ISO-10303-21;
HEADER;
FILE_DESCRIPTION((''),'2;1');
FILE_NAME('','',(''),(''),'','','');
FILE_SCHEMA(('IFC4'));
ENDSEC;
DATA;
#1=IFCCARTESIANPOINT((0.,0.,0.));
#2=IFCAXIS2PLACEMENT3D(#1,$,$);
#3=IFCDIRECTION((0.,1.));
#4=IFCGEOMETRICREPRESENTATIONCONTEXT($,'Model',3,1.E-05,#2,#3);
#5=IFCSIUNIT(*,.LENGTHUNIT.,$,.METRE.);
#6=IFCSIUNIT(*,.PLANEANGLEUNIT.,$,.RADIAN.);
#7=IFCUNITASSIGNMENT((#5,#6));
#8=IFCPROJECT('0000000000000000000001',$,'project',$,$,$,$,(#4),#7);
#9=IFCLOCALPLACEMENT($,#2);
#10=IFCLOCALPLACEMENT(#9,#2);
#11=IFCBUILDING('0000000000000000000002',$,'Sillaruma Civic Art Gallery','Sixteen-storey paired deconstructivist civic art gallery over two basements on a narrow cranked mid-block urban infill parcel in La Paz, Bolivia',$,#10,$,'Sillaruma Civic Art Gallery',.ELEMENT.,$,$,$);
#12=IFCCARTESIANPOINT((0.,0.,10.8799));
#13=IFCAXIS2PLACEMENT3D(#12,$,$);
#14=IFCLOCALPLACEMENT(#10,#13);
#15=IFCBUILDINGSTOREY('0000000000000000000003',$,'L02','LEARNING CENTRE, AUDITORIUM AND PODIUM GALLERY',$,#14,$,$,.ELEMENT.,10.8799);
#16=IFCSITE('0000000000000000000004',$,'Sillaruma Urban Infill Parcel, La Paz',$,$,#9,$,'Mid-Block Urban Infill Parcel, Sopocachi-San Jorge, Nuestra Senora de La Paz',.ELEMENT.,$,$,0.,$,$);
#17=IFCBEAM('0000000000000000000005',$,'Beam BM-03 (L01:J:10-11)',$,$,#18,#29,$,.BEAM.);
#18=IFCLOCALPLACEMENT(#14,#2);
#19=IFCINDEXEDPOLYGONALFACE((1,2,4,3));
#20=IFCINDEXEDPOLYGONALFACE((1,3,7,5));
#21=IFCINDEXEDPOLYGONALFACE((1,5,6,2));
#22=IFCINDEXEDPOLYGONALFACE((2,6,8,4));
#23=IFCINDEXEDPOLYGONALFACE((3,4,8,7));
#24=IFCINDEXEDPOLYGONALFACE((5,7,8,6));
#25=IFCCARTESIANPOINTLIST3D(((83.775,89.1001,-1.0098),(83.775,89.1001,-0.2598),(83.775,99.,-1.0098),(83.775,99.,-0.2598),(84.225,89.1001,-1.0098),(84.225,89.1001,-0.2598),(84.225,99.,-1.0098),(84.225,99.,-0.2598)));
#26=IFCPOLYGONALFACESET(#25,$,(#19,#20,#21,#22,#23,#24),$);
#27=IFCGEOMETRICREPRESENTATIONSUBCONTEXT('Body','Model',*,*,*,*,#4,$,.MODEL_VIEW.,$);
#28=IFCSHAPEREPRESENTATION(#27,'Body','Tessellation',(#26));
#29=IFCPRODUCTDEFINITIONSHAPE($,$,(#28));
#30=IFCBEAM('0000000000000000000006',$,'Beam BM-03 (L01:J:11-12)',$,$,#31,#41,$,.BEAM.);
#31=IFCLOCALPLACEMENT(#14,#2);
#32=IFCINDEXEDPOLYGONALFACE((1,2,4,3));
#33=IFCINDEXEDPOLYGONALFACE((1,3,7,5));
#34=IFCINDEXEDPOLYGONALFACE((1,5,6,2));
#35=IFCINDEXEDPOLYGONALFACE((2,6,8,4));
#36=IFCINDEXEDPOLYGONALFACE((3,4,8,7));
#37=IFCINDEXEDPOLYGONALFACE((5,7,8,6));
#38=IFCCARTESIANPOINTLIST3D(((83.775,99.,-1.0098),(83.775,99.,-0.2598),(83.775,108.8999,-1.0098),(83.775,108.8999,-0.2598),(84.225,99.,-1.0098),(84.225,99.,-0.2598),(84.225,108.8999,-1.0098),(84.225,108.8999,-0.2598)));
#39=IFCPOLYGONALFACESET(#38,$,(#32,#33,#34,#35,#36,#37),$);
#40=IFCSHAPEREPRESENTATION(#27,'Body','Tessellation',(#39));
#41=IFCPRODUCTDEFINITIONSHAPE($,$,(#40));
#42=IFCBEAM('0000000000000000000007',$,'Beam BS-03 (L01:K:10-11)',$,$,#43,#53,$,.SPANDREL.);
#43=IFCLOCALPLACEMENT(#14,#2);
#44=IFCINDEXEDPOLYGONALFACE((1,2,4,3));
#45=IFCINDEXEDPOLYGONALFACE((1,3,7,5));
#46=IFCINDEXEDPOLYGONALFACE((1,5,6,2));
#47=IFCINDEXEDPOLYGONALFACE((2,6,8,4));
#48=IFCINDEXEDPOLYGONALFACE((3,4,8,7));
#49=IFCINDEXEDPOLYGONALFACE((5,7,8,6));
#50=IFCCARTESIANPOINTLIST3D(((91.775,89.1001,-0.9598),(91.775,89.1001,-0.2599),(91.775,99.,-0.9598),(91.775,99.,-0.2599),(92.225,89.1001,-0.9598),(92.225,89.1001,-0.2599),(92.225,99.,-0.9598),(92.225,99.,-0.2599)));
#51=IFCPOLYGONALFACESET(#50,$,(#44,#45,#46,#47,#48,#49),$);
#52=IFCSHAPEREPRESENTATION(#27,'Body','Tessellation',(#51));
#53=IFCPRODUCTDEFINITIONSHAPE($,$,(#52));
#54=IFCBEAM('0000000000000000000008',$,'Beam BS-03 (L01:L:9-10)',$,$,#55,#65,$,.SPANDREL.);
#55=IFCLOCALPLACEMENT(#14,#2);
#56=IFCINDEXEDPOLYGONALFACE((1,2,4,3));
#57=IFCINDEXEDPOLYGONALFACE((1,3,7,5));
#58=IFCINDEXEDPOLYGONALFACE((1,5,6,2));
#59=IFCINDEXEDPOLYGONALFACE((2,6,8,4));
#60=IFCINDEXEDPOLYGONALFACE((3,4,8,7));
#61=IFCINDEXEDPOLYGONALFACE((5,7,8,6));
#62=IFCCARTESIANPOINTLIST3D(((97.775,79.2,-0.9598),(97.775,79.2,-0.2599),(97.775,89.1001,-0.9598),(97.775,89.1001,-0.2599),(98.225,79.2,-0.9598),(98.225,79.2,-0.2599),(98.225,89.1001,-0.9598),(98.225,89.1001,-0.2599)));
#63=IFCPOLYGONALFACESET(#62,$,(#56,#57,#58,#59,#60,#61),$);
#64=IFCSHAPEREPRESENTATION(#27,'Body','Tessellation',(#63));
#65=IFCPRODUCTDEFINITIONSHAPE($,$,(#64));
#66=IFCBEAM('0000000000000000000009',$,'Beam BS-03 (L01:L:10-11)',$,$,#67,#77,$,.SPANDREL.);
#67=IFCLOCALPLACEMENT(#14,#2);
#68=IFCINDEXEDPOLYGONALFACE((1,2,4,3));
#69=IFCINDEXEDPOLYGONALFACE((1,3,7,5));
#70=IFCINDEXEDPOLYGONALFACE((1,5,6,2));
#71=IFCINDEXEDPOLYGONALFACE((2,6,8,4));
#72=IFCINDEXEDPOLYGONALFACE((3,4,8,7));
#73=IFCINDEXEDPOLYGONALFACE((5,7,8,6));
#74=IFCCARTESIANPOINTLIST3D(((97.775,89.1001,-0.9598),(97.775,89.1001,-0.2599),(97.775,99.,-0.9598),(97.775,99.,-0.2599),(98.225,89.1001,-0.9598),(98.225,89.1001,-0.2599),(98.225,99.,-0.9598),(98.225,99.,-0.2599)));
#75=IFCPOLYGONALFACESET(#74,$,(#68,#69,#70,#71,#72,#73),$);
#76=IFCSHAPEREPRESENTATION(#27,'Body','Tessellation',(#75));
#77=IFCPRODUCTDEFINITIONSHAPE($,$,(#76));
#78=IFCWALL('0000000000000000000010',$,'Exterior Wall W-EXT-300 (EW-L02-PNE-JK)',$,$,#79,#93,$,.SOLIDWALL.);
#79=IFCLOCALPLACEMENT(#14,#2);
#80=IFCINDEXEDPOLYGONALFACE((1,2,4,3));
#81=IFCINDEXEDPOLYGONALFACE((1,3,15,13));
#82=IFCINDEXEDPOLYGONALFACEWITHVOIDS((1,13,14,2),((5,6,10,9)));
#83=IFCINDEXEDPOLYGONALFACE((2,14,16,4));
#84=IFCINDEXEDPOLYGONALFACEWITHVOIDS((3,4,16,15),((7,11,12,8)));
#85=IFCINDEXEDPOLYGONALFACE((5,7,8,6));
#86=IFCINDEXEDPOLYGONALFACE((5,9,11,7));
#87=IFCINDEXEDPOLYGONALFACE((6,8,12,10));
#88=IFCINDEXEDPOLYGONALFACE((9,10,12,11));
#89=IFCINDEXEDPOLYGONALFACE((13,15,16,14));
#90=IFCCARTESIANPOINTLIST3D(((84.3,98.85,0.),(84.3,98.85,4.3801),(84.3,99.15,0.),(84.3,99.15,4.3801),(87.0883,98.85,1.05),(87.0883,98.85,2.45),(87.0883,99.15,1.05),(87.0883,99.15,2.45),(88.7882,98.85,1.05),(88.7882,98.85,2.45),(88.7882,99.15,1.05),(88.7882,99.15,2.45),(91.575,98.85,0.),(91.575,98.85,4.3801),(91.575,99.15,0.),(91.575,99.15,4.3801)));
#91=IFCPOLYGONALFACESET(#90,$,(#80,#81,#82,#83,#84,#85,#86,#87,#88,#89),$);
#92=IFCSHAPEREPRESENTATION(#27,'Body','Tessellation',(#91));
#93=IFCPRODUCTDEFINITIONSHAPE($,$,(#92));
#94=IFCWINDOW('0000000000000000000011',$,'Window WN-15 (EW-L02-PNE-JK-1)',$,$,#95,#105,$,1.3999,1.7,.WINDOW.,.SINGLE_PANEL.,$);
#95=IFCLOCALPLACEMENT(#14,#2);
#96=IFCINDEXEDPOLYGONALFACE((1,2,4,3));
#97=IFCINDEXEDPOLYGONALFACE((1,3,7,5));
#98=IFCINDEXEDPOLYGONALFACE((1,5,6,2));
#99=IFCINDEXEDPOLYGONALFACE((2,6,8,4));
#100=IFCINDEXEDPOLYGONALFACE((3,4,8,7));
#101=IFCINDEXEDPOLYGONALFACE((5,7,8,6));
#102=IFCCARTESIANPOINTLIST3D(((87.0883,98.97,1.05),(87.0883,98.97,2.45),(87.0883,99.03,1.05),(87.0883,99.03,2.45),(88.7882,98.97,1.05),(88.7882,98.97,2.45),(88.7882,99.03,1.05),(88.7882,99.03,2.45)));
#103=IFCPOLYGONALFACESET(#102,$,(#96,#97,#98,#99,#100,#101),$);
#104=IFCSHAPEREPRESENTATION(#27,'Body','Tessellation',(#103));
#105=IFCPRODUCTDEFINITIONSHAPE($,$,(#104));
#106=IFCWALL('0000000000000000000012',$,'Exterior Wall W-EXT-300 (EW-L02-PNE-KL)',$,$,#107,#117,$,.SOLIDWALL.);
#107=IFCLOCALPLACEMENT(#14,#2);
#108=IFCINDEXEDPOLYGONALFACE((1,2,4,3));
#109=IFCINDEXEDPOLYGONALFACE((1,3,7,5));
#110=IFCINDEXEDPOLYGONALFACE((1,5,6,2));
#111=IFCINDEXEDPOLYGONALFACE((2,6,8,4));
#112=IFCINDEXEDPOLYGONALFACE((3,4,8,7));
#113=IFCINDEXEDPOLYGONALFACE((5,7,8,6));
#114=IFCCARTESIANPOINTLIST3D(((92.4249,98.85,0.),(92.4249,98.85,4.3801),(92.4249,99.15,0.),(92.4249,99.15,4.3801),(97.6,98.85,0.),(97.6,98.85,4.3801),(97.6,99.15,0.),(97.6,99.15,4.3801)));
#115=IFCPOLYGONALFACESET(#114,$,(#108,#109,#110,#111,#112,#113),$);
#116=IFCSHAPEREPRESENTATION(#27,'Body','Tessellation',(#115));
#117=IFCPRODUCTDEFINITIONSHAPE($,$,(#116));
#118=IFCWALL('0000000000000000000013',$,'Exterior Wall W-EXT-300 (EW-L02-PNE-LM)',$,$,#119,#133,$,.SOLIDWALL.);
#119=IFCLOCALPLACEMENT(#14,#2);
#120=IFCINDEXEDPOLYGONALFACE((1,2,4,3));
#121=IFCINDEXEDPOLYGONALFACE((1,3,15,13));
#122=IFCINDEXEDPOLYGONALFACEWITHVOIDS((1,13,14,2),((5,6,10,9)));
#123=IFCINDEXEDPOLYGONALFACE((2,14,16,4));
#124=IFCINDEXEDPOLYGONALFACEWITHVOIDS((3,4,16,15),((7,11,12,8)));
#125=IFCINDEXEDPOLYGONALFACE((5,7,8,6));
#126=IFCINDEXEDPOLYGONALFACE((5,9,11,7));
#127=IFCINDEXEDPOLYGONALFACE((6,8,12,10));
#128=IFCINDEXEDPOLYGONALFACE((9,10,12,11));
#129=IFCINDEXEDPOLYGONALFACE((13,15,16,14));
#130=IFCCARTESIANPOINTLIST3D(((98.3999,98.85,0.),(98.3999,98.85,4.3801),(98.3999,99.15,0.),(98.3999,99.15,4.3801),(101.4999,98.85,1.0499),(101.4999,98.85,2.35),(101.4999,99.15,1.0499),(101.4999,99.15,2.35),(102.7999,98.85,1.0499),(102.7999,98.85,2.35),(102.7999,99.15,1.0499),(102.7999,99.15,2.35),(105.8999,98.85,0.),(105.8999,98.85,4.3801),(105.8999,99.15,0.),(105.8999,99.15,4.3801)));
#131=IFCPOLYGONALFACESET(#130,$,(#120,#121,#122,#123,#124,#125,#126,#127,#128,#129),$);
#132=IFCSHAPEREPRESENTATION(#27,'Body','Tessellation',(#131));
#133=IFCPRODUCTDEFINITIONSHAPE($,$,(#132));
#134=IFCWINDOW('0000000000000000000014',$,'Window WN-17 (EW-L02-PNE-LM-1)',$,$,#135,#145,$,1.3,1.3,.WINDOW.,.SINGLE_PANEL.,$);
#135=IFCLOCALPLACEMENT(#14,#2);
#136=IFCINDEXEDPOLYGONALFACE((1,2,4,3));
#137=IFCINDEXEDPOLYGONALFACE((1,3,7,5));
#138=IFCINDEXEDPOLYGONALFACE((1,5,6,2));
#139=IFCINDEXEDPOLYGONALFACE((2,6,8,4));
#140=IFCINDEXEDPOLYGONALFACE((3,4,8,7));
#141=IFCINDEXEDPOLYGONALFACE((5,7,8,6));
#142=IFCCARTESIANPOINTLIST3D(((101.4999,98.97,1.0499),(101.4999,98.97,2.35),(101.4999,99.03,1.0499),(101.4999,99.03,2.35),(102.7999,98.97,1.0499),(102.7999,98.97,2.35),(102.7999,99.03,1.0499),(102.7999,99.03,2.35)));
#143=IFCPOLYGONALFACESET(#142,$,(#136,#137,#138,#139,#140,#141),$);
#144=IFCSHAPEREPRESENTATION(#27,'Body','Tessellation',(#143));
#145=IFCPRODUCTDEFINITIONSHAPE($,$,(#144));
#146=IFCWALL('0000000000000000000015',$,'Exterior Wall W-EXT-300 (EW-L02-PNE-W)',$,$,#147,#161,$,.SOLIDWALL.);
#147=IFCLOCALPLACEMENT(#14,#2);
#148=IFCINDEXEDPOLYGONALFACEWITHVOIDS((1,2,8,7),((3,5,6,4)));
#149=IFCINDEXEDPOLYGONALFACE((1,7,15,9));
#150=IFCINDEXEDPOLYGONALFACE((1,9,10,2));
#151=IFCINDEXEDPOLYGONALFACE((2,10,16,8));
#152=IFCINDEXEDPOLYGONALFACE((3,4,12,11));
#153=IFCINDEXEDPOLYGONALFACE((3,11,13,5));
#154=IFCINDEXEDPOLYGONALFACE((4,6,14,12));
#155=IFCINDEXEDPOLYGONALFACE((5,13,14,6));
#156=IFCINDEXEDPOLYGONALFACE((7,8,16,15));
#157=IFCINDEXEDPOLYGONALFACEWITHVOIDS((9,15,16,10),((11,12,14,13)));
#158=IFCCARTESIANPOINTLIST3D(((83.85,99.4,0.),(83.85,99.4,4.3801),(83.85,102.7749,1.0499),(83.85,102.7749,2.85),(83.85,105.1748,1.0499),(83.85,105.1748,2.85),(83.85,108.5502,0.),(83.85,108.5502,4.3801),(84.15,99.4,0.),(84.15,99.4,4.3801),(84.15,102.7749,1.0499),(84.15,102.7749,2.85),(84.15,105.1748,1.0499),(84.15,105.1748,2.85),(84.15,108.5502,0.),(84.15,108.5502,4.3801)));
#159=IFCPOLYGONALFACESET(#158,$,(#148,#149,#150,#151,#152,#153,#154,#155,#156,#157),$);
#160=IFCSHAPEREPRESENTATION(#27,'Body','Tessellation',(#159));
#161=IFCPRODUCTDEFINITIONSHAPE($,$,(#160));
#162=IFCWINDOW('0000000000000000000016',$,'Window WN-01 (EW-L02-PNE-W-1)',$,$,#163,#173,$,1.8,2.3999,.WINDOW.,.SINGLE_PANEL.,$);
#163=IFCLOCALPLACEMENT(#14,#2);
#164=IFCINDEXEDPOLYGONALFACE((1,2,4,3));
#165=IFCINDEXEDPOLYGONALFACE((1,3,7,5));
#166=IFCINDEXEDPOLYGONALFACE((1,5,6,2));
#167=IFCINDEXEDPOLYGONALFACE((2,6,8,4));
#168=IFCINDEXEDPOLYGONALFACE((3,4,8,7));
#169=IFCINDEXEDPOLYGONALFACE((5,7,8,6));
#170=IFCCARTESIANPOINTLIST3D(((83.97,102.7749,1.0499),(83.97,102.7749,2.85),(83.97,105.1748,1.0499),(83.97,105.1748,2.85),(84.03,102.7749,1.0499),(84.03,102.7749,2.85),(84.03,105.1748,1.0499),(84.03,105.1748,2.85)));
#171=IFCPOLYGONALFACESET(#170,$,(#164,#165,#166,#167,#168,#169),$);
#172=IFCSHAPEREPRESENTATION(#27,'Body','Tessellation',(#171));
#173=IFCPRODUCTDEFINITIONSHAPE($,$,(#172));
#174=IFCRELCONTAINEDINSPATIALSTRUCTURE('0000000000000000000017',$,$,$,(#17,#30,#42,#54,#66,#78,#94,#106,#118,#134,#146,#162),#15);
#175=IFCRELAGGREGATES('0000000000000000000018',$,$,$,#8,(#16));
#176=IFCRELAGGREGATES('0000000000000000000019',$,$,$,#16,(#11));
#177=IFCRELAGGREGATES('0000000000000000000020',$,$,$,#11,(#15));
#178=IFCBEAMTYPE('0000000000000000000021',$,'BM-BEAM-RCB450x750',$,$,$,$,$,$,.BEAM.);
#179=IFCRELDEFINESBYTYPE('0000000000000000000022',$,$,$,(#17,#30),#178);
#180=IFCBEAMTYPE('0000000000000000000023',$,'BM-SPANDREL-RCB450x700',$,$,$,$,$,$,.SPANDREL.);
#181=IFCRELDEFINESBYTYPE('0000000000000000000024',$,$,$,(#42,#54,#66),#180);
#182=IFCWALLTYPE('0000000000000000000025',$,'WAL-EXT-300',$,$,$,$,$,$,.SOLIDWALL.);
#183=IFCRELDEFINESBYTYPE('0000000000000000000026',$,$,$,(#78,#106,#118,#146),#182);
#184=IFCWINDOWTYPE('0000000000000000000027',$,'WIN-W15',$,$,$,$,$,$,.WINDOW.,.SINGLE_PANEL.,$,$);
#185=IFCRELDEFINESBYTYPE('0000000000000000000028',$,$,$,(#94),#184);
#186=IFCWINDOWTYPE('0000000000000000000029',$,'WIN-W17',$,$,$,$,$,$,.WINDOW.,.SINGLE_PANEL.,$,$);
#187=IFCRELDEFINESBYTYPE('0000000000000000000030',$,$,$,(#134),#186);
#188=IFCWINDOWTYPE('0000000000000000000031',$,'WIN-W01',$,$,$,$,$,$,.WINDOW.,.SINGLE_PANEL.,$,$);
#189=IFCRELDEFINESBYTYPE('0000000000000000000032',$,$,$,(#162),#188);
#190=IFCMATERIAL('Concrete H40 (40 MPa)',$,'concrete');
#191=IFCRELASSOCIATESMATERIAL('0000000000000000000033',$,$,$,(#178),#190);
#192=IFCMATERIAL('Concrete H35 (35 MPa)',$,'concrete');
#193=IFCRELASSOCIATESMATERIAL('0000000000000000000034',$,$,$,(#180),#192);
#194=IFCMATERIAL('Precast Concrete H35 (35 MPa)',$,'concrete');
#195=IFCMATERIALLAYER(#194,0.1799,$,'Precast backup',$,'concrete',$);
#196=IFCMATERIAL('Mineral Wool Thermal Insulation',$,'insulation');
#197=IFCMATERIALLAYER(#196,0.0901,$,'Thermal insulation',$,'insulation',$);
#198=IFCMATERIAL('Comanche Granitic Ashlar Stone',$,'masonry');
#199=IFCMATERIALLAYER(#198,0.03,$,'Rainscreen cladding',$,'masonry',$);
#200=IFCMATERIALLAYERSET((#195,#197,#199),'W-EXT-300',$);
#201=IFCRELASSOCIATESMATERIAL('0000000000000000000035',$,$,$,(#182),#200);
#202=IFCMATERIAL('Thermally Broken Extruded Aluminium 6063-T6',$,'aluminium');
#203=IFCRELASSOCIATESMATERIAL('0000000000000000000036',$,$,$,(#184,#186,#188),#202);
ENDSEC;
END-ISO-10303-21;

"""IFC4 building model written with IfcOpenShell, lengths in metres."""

from ifc_helpers import new_model, si_unit, direction, frame, frame_2d, origin, origin_2d, place, context, subcontext, project, spatial, rectangle, extrude, material, layer, layer_set, material_profile, profile_set, type_object, element, fill, save


model = new_model("IFC4")

# Units and contexts
model_context = context("Model", 3, precision=1e-05, world=origin(), true_north=direction((0.0, 1.0)))
body_context = subcontext(model_context, "Body", "Model", "MODEL_VIEW")
ifc_project = project(units=[si_unit("LENGTHUNIT", "METRE"), si_unit("PLANEANGLEUNIT", "RADIAN")], contexts=[model_context])

# Site, building, storey
site_placement = place(None, origin())
site = spatial("IfcSite", under=ifc_project, at=site_placement, Name="Sillaruma Urban Infill Parcel, La Paz", LongName="Mid-Block Urban Infill Parcel, Sopocachi-San Jorge, Nuestra Senora de La Paz", CompositionType="ELEMENT", RefElevation=0.0)
building_placement = place(site_placement, origin())
building = spatial("IfcBuilding", under=site, at=building_placement, Name="Sillaruma Civic Art Gallery", Description="Sixteen-storey paired deconstructivist civic art gallery over two basements on a narrow cranked mid-block urban infill parcel in La Paz, Bolivia", LongName="Sillaruma Civic Art Gallery", CompositionType="ELEMENT")
storey_placement = place(building_placement, frame((0.0, 0.0, 10.8799)))
storey = spatial("IfcBuildingStorey", under=building, at=storey_placement, Name="L02", Description="LEARNING CENTRE, AUDITORIUM AND PODIUM GALLERY", CompositionType="ELEMENT", Elevation=10.8799)

# Shared definitions
ifc_material_1 = material(Name="Concrete H40 (40 MPa)", Category="concrete")

# Beams
ifc_material_2 = material(Name="Concrete H35 (35 MPa)", Category="concrete")
ifc_material_profile_1 = material_profile(ifc_material_1, rectangle(XDim=0.45, YDim=0.75, at=origin_2d()), Name="RCB450x750")
ifc_profile_set_1 = profile_set([ifc_material_profile_1], Name="Concrete H40 (40 MPa)")
beam_type_1 = type_object("IfcBeamType", Name="BM-BEAM-RCB450x750", PredefinedType="BEAM", material=ifc_profile_set_1)
for number, where, z_axis, x_axis, name in (
    (1, (84.0, 89.1001, -0.6348), (0.0, 1.0, 0.0), (-1.0, 0.0, 0.0), "Beam BM-03 (L01:J:10-11)"),
    (2, (84.0, 99.0, -0.6348), (0.0, 1.0, 0.0), (-1.0, 0.0, 0.0), "Beam BM-03 (L01:J:11-12)"),
):
    element("IfcBeam", number, at=place(storey_placement, frame(where, z_axis=z_axis, x_axis=x_axis)), inside=storey, type_object=beam_type_1, Name=name, PredefinedType="BEAM", context=body_context, shape_type="SweptSolid", body=[
        extrude(rectangle(XDim=0.45, YDim=0.75, at=origin_2d()), origin(), (0.0, 0.0, 1.0), 9.8999),
    ])
ifc_material_profile_2 = material_profile(ifc_material_2, rectangle(XDim=0.45, YDim=0.7, at=origin_2d()), Name="RCB450x700")
ifc_profile_set_2 = profile_set([ifc_material_profile_2], Name="Concrete H35 (35 MPa)")
beam_type_2 = type_object("IfcBeamType", Name="BM-SPANDREL-RCB450x700", PredefinedType="SPANDREL", material=ifc_profile_set_2)
beam_1_placement = place(storey_placement, frame((92.0, 89.1001, -0.6099), z_axis=(0.0, 1.0, 0.0), x_axis=(-1.0, 0.0, 0.0)))
element("IfcBeam", 3, at=beam_1_placement, inside=storey, type_object=beam_type_2, Name="Beam BS-03 (L01:K:10-11)", PredefinedType="SPANDREL", context=body_context, shape_type="SweptSolid", body=[
    extrude(rectangle(XDim=0.45, YDim=0.7, at=origin_2d()), origin(), (0.0, 0.0, 1.0), 9.8999),
])
beam_2_placement = place(storey_placement, frame((98.0, 79.2, -0.6099), z_axis=(0.0, 1.0, 0.0), x_axis=(-1.0, 0.0, 0.0)))
element("IfcBeam", 4, at=beam_2_placement, inside=storey, type_object=beam_type_2, Name="Beam BS-03 (L01:L:9-10)", PredefinedType="SPANDREL", context=body_context, shape_type="SweptSolid", body=[
    extrude(rectangle(XDim=0.45, YDim=0.7, at=origin_2d()), origin(), (0.0, 0.0, 1.0), 9.9001),
])
beam_3_placement = place(storey_placement, frame((98.0, 89.1001, -0.6099), z_axis=(0.0, 1.0, 0.0), x_axis=(-1.0, 0.0, 0.0)))
element("IfcBeam", 5, at=beam_3_placement, inside=storey, type_object=beam_type_2, Name="Beam BS-03 (L01:L:10-11)", PredefinedType="SPANDREL", context=body_context, shape_type="SweptSolid", body=[
    extrude(rectangle(XDim=0.45, YDim=0.7, at=origin_2d()), origin(), (0.0, 0.0, 1.0), 9.8999),
])

# Wall, opening, window
ifc_material_3 = material(Name="Precast Concrete H35 (35 MPa)", Category="concrete")
ifc_layer_1 = layer(ifc_material_3, 0.1799, Name="Precast backup", Category="concrete")
ifc_material_4 = material(Name="Mineral Wool Thermal Insulation", Category="insulation")
ifc_layer_2 = layer(ifc_material_4, 0.0901, Name="Thermal insulation", Category="insulation")
ifc_material_5 = material(Name="Comanche Granitic Ashlar Stone", Category="masonry")
ifc_layer_3 = layer(ifc_material_5, 0.03, Name="Rainscreen cladding", Category="masonry")
ifc_layer_set = layer_set([ifc_layer_1, ifc_layer_2, ifc_layer_3], Name="W-EXT-300")
wall_type = type_object("IfcWallType", Name="WAL-EXT-300", PredefinedType="SOLIDWALL", material=ifc_layer_set)
wall_1_placement = place(storey_placement, frame((84.3, 99.0, 0.0), z_axis=(0.0, 0.0, 1.0), x_axis=(1.0, 0.0, 0.0)))
wall_1 = element("IfcWall", 6, at=wall_1_placement, inside=storey, type_object=wall_type, Name="Exterior Wall W-EXT-300 (EW-L02-PNE-JK)", PredefinedType="SOLIDWALL", context=body_context, shape_type="SweptSolid", body=[
    extrude(rectangle(XDim=7.2749, YDim=0.3, at=frame_2d((3.6375, 0.0))), origin(), (0.0, 0.0, 1.0), 4.3801),
])
opening_1_placement = place(wall_1_placement, frame((2.7881, 0.0, 1.05)))
opening_1 = element("IfcOpeningElement", 7, at=opening_1_placement, cuts=wall_1, PredefinedType="OPENING", context=body_context, shape_type="SweptSolid", body=[
    extrude(rectangle(XDim=1.7, YDim=1.3999, at=frame_2d((0.8501, 0.7))), frame((0.0, 0.1599, 0.0), z_axis=(0.0, -1.0, 0.0), x_axis=(1.0, 0.0, 0.0)), (0.0, 0.0, 1.0), 0.3201),
])
ifc_material_6 = material(Name="Thermally Broken Extruded Aluminium 6063-T6", Category="aluminium")
window_type_1 = type_object("IfcWindowType", Name="WIN-W15", PartitioningType="SINGLE_PANEL", PredefinedType="WINDOW", material=ifc_material_6)
window_1_placement = place(opening_1_placement, origin())
window_1 = element("IfcWindow", 8, at=window_1_placement, inside=storey, type_object=window_type_1, Name="Window WN-15 (EW-L02-PNE-JK-1)", OverallHeight=1.3999, OverallWidth=1.7, PartitioningType="SINGLE_PANEL", PredefinedType="WINDOW", context=body_context, shape_type="SweptSolid", body=[
    extrude(rectangle(XDim=1.7, YDim=1.3999, at=frame_2d((0.8501, 0.7))), frame((0.0, 0.03, 0.0), z_axis=(0.0, -1.0, 0.0), x_axis=(1.0, 0.0, 0.0)), (0.0, 0.0, 1.0), 0.0601),
])
fill(opening_1, window_1)

# Wall
wall_2_placement = place(storey_placement, frame((92.425, 99.0, 0.0), z_axis=(0.0, 0.0, 1.0), x_axis=(1.0, 0.0, 0.0)))
element("IfcWall", 9, at=wall_2_placement, inside=storey, type_object=wall_type, Name="Exterior Wall W-EXT-300 (EW-L02-PNE-KL)", PredefinedType="SOLIDWALL", context=body_context, shape_type="SweptSolid", body=[
    extrude(rectangle(XDim=5.175, YDim=0.3, at=frame_2d((2.5874, 0.0))), origin(), (0.0, 0.0, 1.0), 4.3801),
])

# Walls, openings, windows
wall_3_placement = place(storey_placement, frame((98.3999, 99.0, 0.0), z_axis=(0.0, 0.0, 1.0), x_axis=(1.0, 0.0, 0.0)))
wall_3 = element("IfcWall", 10, at=wall_3_placement, inside=storey, type_object=wall_type, Name="Exterior Wall W-EXT-300 (EW-L02-PNE-LM)", PredefinedType="SOLIDWALL", context=body_context, shape_type="SweptSolid", body=[
    extrude(rectangle(XDim=7.5, YDim=0.3, at=frame_2d((3.75, 0.0))), origin(), (0.0, 0.0, 1.0), 4.3801),
])
opening_2_placement = place(wall_3_placement, frame((3.1001, 0.0, 1.05)))
opening_2 = element("IfcOpeningElement", 11, at=opening_2_placement, cuts=wall_3, PredefinedType="OPENING", context=body_context, shape_type="SweptSolid", body=[
    extrude(rectangle(XDim=1.3, YDim=1.3, at=frame_2d((0.6499, 0.6499))), frame((0.0, 0.1599, 0.0), z_axis=(0.0, -1.0, 0.0), x_axis=(1.0, 0.0, 0.0)), (0.0, 0.0, 1.0), 0.3201),
])
window_type_2 = type_object("IfcWindowType", Name="WIN-W17", PartitioningType="SINGLE_PANEL", PredefinedType="WINDOW", material=ifc_material_6)
window_2_placement = place(opening_2_placement, origin())
window_2 = element("IfcWindow", 12, at=window_2_placement, inside=storey, type_object=window_type_2, Name="Window WN-17 (EW-L02-PNE-LM-1)", OverallHeight=1.3, OverallWidth=1.3, PartitioningType="SINGLE_PANEL", PredefinedType="WINDOW", context=body_context, shape_type="SweptSolid", body=[
    extrude(rectangle(XDim=1.3, YDim=1.3, at=frame_2d((0.6499, 0.6499))), frame((0.0, 0.03, 0.0), z_axis=(0.0, -1.0, 0.0), x_axis=(1.0, 0.0, 0.0)), (0.0, 0.0, 1.0), 0.0601),
])
fill(opening_2, window_2)
wall_4_placement = place(storey_placement, frame((84.0, 99.3999, 0.0), z_axis=(0.0, 0.0, 1.0), x_axis=(0.0, 1.0, 0.0)))
wall_4 = element("IfcWall", 13, at=wall_4_placement, inside=storey, type_object=wall_type, Name="Exterior Wall W-EXT-300 (EW-L02-PNE-W)", PredefinedType="SOLIDWALL", context=body_context, shape_type="SweptSolid", body=[
    extrude(rectangle(XDim=9.1501, YDim=0.3, at=frame_2d((4.5752, 0.0))), origin(), (0.0, 0.0, 1.0), 4.3801),
])
opening_3_placement = place(wall_4_placement, frame((3.375, 0.0, 1.05)))
opening_3 = element("IfcOpeningElement", 14, at=opening_3_placement, cuts=wall_4, PredefinedType="OPENING", context=body_context, shape_type="SweptSolid", body=[
    extrude(rectangle(XDim=2.3999, YDim=1.8, at=frame_2d((1.2, 0.8999))), frame((0.0, 0.1599, 0.0), z_axis=(0.0, -1.0, 0.0), x_axis=(1.0, 0.0, 0.0)), (0.0, 0.0, 1.0), 0.3201),
])
window_type_3 = type_object("IfcWindowType", Name="WIN-W01", PartitioningType="SINGLE_PANEL", PredefinedType="WINDOW", material=ifc_material_6)
window_3_placement = place(opening_3_placement, origin())
window_3 = element("IfcWindow", 15, at=window_3_placement, inside=storey, type_object=window_type_3, Name="Window WN-01 (EW-L02-PNE-W-1)", OverallHeight=1.8, OverallWidth=2.3999, PartitioningType="SINGLE_PANEL", PredefinedType="WINDOW", context=body_context, shape_type="SweptSolid", body=[
    extrude(rectangle(XDim=2.3999, YDim=1.8, at=frame_2d((1.2, 0.8999))), frame((0.0, 0.03, 0.0), z_axis=(0.0, -1.0, 0.0), x_axis=(1.0, 0.0, 0.0)), (0.0, 0.0, 1.0), 0.0601),
])
fill(opening_3, window_3)

save(model, "model.ifc")
